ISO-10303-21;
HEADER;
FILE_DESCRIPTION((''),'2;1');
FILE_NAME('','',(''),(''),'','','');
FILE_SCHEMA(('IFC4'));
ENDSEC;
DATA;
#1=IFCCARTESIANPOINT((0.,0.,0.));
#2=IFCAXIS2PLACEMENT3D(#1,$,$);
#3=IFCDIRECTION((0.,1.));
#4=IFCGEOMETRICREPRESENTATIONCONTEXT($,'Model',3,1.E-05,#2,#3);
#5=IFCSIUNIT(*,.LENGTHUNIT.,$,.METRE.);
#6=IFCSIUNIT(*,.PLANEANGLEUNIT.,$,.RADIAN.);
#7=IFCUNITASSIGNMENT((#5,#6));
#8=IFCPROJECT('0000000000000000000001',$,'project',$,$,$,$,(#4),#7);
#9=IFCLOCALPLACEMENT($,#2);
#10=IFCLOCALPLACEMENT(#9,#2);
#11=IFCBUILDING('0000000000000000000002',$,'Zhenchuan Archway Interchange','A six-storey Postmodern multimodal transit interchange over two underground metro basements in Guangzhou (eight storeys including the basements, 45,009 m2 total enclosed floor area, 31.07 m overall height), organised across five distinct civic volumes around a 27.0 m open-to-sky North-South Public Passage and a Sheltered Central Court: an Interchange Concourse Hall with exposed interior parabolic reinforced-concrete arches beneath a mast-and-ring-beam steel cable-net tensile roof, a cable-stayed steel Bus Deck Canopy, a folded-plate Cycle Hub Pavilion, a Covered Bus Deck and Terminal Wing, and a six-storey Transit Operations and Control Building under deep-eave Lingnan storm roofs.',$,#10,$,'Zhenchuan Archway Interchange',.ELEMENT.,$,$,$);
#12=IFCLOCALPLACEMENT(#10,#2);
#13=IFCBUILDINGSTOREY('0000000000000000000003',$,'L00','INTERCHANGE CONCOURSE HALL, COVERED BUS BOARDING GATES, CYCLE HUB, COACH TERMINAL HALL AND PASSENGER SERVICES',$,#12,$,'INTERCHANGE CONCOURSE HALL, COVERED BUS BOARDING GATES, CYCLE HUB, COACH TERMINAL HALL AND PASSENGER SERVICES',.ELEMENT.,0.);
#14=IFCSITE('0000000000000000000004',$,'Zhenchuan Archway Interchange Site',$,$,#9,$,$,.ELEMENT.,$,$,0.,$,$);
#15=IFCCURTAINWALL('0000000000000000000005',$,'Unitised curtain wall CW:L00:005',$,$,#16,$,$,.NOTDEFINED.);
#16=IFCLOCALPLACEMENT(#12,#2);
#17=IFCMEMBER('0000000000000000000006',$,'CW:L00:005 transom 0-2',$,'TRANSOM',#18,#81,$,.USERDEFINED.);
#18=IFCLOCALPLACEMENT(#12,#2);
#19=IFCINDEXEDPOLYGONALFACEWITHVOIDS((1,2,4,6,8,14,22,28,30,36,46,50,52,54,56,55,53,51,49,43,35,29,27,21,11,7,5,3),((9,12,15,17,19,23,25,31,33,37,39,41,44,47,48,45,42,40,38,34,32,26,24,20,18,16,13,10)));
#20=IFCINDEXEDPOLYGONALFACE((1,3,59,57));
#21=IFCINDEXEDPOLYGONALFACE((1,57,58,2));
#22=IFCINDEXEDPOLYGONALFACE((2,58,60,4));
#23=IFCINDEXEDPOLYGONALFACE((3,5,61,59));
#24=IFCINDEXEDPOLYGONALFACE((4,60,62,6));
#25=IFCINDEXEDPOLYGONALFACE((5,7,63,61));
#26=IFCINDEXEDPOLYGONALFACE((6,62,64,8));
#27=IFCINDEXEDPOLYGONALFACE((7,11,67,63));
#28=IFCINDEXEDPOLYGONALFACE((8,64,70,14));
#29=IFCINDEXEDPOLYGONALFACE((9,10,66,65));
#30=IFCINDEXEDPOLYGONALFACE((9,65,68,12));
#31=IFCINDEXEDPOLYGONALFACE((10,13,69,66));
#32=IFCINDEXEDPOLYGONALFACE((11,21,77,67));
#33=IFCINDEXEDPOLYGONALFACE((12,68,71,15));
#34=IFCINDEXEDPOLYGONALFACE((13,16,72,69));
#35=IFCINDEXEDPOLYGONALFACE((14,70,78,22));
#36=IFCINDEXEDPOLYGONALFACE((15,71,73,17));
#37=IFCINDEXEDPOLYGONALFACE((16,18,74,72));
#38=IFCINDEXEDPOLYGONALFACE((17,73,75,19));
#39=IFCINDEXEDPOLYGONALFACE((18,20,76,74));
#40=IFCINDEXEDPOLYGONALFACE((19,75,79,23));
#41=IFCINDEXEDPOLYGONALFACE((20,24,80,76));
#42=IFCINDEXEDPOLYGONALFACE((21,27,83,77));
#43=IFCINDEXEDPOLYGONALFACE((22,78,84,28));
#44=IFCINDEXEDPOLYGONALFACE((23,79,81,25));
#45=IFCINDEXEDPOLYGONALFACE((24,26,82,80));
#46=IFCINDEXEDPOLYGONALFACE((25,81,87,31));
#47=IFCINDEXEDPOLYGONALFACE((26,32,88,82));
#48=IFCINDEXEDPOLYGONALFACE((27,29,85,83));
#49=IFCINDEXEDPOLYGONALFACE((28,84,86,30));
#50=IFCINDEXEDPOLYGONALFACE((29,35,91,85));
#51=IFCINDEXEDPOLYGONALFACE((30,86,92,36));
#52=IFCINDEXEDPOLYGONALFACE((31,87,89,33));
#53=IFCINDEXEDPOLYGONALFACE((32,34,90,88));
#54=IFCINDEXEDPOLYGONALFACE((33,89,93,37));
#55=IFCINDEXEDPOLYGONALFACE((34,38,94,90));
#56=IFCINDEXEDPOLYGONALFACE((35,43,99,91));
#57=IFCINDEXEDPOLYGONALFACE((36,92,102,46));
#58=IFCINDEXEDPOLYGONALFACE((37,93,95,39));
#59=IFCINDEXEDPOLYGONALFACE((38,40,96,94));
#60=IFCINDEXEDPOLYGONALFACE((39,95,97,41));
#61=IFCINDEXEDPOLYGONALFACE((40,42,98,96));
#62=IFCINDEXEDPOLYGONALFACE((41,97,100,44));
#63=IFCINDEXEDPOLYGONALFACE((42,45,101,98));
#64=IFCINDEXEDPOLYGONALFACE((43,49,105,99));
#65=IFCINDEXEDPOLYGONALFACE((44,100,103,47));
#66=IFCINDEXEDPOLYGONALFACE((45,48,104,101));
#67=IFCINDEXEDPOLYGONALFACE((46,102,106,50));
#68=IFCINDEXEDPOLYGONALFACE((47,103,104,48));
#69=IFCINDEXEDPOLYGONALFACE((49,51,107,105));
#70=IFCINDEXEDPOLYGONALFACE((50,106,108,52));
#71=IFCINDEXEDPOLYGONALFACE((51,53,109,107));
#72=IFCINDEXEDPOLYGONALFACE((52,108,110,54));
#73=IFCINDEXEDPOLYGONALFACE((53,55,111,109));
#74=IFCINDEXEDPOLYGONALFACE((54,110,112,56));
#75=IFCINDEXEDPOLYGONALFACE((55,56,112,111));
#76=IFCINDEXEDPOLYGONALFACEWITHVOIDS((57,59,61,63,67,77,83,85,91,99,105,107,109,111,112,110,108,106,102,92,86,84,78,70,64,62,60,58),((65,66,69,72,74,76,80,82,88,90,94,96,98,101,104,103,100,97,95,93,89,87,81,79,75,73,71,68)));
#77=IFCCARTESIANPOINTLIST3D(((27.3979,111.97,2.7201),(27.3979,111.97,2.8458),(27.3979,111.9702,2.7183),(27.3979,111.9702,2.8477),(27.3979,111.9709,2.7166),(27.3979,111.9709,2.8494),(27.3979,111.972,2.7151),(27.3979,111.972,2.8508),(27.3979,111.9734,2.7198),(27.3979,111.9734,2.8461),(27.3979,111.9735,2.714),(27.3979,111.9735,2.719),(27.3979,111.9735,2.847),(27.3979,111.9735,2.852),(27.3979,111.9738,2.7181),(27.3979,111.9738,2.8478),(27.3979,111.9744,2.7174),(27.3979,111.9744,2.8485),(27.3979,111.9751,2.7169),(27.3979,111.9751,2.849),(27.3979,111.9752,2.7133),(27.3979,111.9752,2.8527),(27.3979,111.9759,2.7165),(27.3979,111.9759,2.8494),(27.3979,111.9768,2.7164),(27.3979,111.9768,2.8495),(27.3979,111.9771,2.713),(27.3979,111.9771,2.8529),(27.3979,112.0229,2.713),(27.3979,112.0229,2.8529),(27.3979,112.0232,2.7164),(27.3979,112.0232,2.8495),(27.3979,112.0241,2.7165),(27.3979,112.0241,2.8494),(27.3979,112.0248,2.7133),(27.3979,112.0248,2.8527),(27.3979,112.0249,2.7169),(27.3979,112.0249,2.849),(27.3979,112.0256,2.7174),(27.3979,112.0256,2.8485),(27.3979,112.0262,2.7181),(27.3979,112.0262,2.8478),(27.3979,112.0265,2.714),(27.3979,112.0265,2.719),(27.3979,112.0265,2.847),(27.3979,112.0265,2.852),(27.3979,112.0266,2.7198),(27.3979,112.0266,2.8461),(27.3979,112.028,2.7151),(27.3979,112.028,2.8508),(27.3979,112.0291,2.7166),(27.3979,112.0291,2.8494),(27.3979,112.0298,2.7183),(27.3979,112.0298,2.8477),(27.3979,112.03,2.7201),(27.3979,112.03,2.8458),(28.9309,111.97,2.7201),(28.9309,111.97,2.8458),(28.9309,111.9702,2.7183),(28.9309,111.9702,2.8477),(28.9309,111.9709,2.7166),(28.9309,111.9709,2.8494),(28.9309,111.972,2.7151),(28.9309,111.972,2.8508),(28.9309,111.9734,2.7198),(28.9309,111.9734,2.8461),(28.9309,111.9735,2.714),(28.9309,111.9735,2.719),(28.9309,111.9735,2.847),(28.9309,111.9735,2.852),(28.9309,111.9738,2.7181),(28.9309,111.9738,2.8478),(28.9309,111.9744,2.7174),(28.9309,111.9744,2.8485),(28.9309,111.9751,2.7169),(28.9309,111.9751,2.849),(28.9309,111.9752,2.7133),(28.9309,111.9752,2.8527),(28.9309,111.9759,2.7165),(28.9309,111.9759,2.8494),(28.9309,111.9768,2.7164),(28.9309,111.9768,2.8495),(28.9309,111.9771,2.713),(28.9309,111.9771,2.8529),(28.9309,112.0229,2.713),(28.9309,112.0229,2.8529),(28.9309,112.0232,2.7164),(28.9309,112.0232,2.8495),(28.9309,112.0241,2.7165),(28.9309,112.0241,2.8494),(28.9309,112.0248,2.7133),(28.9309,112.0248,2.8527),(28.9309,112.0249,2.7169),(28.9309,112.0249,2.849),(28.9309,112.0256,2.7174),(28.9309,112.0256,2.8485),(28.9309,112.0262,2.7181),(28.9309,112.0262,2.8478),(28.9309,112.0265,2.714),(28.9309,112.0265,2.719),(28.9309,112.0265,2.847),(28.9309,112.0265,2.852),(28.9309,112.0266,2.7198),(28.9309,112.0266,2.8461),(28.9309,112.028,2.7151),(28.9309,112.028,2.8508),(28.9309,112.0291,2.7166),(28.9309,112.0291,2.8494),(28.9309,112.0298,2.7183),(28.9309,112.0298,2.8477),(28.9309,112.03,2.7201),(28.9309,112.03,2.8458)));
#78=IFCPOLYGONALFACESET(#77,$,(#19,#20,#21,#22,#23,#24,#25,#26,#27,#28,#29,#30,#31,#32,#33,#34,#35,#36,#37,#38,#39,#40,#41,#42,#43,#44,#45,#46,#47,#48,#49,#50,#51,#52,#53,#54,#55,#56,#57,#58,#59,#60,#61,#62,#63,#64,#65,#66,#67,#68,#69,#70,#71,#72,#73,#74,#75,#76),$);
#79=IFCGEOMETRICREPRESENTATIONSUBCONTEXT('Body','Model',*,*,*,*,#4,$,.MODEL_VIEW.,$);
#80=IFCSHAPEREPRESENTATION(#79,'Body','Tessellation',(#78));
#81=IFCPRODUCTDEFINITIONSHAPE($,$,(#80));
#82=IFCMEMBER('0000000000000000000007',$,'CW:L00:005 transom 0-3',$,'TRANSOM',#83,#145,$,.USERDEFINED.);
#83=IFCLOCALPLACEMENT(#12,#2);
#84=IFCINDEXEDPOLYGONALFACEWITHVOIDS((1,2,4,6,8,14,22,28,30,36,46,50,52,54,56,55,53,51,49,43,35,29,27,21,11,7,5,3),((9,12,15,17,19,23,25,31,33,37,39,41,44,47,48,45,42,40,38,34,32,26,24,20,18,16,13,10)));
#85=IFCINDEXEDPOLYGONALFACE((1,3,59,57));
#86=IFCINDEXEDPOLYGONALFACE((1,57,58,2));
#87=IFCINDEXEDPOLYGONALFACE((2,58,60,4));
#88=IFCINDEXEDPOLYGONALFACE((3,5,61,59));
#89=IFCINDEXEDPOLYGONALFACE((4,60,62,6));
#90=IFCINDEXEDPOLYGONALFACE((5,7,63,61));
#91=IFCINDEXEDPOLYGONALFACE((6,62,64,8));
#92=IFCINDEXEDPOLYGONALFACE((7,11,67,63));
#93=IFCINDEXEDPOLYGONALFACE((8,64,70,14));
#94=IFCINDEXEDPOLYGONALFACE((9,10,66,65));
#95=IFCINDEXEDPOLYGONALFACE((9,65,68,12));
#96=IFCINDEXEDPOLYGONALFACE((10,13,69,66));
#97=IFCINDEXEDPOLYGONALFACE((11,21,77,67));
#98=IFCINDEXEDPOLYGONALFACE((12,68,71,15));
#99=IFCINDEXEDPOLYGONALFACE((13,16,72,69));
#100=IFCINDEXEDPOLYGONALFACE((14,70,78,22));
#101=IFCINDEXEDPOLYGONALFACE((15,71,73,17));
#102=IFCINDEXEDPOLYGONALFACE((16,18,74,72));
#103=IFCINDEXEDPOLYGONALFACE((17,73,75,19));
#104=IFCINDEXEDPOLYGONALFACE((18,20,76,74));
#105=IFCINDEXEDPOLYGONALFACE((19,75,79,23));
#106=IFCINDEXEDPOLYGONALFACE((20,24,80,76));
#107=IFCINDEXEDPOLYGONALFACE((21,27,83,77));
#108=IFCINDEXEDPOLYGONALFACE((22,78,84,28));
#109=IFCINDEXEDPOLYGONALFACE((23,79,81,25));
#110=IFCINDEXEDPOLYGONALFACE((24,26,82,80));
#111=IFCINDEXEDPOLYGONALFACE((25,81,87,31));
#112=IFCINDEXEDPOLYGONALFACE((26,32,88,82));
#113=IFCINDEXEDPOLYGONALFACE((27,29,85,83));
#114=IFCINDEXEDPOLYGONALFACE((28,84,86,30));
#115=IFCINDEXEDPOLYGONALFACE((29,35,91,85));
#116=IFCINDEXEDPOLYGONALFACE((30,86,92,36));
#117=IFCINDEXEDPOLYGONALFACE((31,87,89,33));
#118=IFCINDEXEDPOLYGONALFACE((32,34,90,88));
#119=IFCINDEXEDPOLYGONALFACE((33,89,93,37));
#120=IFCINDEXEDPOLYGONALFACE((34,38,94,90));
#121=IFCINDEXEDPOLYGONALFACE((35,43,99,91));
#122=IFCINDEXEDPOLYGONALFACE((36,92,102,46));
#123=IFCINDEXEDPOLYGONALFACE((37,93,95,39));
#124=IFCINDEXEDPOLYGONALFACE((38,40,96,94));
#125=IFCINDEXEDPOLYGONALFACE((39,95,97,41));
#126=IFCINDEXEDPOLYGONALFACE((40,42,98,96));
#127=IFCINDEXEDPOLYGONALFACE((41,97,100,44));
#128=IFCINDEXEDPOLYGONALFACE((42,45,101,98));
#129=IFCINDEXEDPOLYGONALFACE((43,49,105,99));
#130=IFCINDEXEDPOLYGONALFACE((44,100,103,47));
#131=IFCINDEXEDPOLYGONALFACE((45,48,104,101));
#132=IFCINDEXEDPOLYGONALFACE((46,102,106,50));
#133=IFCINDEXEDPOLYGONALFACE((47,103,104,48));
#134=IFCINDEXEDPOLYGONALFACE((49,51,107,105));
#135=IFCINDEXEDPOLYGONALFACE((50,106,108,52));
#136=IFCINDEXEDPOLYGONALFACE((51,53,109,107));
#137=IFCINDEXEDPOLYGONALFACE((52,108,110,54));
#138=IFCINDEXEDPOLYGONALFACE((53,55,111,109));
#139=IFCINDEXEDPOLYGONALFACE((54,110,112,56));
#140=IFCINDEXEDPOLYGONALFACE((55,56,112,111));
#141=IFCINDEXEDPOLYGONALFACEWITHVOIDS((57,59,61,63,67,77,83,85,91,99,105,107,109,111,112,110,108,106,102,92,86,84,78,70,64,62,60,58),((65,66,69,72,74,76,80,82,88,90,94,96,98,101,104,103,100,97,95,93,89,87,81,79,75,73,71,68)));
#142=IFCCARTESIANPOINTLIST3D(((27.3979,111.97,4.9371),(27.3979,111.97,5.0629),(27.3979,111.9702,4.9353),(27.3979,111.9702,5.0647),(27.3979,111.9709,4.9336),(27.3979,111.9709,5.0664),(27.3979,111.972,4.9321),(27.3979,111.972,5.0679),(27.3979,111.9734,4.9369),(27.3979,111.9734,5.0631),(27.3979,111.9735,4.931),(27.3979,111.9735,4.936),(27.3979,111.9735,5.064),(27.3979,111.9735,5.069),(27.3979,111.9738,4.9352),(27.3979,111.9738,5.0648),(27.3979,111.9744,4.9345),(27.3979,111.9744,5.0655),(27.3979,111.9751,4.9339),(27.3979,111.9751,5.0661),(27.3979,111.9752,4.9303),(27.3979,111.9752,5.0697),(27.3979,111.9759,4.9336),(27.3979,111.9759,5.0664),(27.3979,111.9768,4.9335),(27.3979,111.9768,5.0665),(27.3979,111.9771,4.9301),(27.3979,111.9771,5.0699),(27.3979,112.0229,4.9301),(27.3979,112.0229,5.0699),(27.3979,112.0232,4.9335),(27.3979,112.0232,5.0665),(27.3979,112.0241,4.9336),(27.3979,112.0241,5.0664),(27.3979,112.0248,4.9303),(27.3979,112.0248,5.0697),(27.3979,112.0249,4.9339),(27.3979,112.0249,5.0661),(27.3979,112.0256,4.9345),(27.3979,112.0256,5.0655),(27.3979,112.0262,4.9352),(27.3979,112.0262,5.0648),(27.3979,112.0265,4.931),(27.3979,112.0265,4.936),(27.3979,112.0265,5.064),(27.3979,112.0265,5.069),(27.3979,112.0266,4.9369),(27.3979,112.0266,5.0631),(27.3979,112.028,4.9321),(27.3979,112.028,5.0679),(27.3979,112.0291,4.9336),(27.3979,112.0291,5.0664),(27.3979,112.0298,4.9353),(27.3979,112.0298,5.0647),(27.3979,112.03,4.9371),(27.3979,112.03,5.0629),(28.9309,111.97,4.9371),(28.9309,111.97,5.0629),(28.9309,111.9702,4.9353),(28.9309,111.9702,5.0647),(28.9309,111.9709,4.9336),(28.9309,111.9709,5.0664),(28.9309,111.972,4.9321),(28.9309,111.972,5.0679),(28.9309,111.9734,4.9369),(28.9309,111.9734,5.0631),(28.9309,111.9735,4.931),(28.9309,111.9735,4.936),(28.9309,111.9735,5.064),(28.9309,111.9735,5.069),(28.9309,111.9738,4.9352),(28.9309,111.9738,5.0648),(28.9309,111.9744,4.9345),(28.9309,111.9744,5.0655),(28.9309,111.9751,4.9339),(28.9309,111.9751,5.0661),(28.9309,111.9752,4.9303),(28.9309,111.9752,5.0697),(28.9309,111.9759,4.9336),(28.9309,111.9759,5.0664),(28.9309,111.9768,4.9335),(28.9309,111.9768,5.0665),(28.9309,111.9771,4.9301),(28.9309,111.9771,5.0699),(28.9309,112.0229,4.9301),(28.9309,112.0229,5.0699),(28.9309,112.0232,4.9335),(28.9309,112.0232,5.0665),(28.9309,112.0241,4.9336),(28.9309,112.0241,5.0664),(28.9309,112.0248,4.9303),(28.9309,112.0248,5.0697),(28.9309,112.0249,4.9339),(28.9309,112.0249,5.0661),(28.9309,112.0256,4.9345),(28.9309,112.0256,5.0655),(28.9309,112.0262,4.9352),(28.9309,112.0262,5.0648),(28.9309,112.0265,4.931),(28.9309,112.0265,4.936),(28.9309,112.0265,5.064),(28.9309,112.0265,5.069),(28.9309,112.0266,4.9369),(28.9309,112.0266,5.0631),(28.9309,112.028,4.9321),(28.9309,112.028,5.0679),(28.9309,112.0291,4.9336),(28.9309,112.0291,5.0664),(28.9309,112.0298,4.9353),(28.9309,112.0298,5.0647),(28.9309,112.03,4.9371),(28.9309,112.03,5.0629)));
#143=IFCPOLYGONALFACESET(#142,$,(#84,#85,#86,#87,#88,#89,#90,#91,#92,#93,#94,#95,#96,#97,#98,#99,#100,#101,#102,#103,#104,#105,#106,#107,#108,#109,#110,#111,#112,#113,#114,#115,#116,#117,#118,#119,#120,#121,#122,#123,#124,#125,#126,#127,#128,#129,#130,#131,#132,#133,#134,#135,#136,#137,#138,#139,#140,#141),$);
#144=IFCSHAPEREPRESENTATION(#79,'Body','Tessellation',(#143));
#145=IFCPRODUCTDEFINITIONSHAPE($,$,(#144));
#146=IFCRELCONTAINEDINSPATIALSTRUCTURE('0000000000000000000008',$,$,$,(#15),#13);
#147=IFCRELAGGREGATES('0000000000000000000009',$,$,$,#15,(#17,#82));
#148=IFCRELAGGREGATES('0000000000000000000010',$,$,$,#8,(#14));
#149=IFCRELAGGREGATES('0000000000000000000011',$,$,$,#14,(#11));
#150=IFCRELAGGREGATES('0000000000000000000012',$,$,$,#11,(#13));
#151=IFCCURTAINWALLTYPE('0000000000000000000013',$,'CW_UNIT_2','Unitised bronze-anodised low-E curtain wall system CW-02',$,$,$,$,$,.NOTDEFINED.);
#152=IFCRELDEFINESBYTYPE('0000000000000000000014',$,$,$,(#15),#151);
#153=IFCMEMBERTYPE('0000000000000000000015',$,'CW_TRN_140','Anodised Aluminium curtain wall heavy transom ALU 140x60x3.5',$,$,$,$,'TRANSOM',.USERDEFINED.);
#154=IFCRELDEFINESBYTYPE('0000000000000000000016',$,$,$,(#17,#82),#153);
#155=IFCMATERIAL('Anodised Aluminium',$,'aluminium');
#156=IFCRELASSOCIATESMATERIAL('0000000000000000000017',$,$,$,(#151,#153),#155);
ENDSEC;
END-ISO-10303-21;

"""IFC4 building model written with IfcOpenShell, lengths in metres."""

from ifc_helpers import new_model, si_unit, direction, frame, origin, origin_2d, place, context, subcontext, project, spatial, hollow_rectangle, extrude, material, material_profile, profile_set, type_object, element, aggregate, save


model = new_model("IFC4")

# Units and contexts
model_context = context("Model", 3, precision=1e-05, world=origin(), true_north=direction((0.0, 1.0)))
body_context = subcontext(model_context, "Body", "Model", "MODEL_VIEW")
ifc_project = project(units=[si_unit("LENGTHUNIT", "METRE"), si_unit("PLANEANGLEUNIT", "RADIAN")], contexts=[model_context])

# Site, building, storey
site_placement = place(None, origin())
site = spatial("IfcSite", under=ifc_project, at=site_placement, Name="Zhenchuan Archway Interchange Site", CompositionType="ELEMENT", RefElevation=0.0)
building_placement = place(site_placement, origin())
building = spatial("IfcBuilding", under=site, at=building_placement, Name="Zhenchuan Archway Interchange", Description="A six-storey Postmodern multimodal transit interchange over two underground metro basements in Guangzhou (eight storeys including the basements, 45,009 m2 total enclosed floor area, 31.07 m overall height), organised across five distinct civic volumes around a 27.0 m open-to-sky North-South Public Passage and a Sheltered Central Court: an Interchange Concourse Hall with exposed interior parabolic reinforced-concrete arches beneath a mast-and-ring-beam steel cable-net tensile roof, a cable-stayed steel Bus Deck Canopy, a folded-plate Cycle Hub Pavilion, a Covered Bus Deck and Terminal Wing, and a six-storey Transit Operations and Control Building under deep-eave Lingnan storm roofs.", LongName="Zhenchuan Archway Interchange", CompositionType="ELEMENT")
storey_placement = place(building_placement, origin())
storey = spatial("IfcBuildingStorey", under=building, at=storey_placement, Name="L00", Description="INTERCHANGE CONCOURSE HALL, COVERED BUS BOARDING GATES, CYCLE HUB, COACH TERMINAL HALL AND PASSENGER SERVICES", LongName="INTERCHANGE CONCOURSE HALL, COVERED BUS BOARDING GATES, CYCLE HUB, COACH TERMINAL HALL AND PASSENGER SERVICES", CompositionType="ELEMENT", Elevation=0.0)

# Curtain wall, members
ifc_material_1 = material(Name="Anodised Aluminium", Category="aluminium")
curtain_wall_type = type_object("IfcCurtainWallType", Name="CW_UNIT_2", Description="Unitised bronze-anodised low-E curtain wall system CW-02", PredefinedType="NOTDEFINED", material=ifc_material_1)
curtain_wall_placement = place(storey_placement, origin())
curtain_wall = element("IfcCurtainWall", 1, at=curtain_wall_placement, inside=storey, type_object=curtain_wall_type, Name="Unitised curtain wall CW:L00:005", PredefinedType="NOTDEFINED")
ifc_material_profile_1 = material_profile(ifc_material_1, hollow_rectangle(XDim=0.0601, YDim=0.1399, WallThickness=0.0034, InnerFilletRadius=0.0034, OuterFilletRadius=0.0071, at=origin_2d()), Name="ALU 140x60x3.5")
ifc_profile_set_1 = profile_set([ifc_material_profile_1], Name="Anodised Aluminium")
member_type_1 = type_object("IfcMemberType", Name="CW_TRN_140", Description="Anodised Aluminium curtain wall heavy transom ALU 140x60x3.5", ElementType="TRANSOM", PredefinedType="USERDEFINED", material=ifc_profile_set_1)
member_1_placement = place(storey_placement, frame((27.3979, 112.0, 2.783), z_axis=(1.0, 0.0, 0.0), x_axis=(0.0, 1.0, 0.0)))
member_1 = element("IfcMember", 2, at=member_1_placement, type_object=member_type_1, Name="CW:L00:005 transom 0-2", ObjectType="TRANSOM", PredefinedType="USERDEFINED", context=body_context, shape_type="SweptSolid", body=[
    extrude(hollow_rectangle(XDim=0.0601, YDim=0.1399, WallThickness=0.0034, InnerFilletRadius=0.0034, OuterFilletRadius=0.0071, at=origin_2d()), origin(), (0.0, 0.0, 1.0), 1.533),
])
member_2_placement = place(storey_placement, frame((27.3979, 112.0, 5.0), z_axis=(1.0, 0.0, 0.0), x_axis=(0.0, 1.0, 0.0)))
member_2 = element("IfcMember", 3, at=member_2_placement, type_object=member_type_1, Name="CW:L00:005 transom 0-3", ObjectType="TRANSOM", PredefinedType="USERDEFINED", context=body_context, shape_type="SweptSolid", body=[
    extrude(hollow_rectangle(XDim=0.0601, YDim=0.1399, WallThickness=0.0034, InnerFilletRadius=0.0034, OuterFilletRadius=0.0071, at=origin_2d()), origin(), (0.0, 0.0, 1.0), 1.533),
])

aggregate(curtain_wall, [member_1, member_2])

save(model, "model.ifc")
